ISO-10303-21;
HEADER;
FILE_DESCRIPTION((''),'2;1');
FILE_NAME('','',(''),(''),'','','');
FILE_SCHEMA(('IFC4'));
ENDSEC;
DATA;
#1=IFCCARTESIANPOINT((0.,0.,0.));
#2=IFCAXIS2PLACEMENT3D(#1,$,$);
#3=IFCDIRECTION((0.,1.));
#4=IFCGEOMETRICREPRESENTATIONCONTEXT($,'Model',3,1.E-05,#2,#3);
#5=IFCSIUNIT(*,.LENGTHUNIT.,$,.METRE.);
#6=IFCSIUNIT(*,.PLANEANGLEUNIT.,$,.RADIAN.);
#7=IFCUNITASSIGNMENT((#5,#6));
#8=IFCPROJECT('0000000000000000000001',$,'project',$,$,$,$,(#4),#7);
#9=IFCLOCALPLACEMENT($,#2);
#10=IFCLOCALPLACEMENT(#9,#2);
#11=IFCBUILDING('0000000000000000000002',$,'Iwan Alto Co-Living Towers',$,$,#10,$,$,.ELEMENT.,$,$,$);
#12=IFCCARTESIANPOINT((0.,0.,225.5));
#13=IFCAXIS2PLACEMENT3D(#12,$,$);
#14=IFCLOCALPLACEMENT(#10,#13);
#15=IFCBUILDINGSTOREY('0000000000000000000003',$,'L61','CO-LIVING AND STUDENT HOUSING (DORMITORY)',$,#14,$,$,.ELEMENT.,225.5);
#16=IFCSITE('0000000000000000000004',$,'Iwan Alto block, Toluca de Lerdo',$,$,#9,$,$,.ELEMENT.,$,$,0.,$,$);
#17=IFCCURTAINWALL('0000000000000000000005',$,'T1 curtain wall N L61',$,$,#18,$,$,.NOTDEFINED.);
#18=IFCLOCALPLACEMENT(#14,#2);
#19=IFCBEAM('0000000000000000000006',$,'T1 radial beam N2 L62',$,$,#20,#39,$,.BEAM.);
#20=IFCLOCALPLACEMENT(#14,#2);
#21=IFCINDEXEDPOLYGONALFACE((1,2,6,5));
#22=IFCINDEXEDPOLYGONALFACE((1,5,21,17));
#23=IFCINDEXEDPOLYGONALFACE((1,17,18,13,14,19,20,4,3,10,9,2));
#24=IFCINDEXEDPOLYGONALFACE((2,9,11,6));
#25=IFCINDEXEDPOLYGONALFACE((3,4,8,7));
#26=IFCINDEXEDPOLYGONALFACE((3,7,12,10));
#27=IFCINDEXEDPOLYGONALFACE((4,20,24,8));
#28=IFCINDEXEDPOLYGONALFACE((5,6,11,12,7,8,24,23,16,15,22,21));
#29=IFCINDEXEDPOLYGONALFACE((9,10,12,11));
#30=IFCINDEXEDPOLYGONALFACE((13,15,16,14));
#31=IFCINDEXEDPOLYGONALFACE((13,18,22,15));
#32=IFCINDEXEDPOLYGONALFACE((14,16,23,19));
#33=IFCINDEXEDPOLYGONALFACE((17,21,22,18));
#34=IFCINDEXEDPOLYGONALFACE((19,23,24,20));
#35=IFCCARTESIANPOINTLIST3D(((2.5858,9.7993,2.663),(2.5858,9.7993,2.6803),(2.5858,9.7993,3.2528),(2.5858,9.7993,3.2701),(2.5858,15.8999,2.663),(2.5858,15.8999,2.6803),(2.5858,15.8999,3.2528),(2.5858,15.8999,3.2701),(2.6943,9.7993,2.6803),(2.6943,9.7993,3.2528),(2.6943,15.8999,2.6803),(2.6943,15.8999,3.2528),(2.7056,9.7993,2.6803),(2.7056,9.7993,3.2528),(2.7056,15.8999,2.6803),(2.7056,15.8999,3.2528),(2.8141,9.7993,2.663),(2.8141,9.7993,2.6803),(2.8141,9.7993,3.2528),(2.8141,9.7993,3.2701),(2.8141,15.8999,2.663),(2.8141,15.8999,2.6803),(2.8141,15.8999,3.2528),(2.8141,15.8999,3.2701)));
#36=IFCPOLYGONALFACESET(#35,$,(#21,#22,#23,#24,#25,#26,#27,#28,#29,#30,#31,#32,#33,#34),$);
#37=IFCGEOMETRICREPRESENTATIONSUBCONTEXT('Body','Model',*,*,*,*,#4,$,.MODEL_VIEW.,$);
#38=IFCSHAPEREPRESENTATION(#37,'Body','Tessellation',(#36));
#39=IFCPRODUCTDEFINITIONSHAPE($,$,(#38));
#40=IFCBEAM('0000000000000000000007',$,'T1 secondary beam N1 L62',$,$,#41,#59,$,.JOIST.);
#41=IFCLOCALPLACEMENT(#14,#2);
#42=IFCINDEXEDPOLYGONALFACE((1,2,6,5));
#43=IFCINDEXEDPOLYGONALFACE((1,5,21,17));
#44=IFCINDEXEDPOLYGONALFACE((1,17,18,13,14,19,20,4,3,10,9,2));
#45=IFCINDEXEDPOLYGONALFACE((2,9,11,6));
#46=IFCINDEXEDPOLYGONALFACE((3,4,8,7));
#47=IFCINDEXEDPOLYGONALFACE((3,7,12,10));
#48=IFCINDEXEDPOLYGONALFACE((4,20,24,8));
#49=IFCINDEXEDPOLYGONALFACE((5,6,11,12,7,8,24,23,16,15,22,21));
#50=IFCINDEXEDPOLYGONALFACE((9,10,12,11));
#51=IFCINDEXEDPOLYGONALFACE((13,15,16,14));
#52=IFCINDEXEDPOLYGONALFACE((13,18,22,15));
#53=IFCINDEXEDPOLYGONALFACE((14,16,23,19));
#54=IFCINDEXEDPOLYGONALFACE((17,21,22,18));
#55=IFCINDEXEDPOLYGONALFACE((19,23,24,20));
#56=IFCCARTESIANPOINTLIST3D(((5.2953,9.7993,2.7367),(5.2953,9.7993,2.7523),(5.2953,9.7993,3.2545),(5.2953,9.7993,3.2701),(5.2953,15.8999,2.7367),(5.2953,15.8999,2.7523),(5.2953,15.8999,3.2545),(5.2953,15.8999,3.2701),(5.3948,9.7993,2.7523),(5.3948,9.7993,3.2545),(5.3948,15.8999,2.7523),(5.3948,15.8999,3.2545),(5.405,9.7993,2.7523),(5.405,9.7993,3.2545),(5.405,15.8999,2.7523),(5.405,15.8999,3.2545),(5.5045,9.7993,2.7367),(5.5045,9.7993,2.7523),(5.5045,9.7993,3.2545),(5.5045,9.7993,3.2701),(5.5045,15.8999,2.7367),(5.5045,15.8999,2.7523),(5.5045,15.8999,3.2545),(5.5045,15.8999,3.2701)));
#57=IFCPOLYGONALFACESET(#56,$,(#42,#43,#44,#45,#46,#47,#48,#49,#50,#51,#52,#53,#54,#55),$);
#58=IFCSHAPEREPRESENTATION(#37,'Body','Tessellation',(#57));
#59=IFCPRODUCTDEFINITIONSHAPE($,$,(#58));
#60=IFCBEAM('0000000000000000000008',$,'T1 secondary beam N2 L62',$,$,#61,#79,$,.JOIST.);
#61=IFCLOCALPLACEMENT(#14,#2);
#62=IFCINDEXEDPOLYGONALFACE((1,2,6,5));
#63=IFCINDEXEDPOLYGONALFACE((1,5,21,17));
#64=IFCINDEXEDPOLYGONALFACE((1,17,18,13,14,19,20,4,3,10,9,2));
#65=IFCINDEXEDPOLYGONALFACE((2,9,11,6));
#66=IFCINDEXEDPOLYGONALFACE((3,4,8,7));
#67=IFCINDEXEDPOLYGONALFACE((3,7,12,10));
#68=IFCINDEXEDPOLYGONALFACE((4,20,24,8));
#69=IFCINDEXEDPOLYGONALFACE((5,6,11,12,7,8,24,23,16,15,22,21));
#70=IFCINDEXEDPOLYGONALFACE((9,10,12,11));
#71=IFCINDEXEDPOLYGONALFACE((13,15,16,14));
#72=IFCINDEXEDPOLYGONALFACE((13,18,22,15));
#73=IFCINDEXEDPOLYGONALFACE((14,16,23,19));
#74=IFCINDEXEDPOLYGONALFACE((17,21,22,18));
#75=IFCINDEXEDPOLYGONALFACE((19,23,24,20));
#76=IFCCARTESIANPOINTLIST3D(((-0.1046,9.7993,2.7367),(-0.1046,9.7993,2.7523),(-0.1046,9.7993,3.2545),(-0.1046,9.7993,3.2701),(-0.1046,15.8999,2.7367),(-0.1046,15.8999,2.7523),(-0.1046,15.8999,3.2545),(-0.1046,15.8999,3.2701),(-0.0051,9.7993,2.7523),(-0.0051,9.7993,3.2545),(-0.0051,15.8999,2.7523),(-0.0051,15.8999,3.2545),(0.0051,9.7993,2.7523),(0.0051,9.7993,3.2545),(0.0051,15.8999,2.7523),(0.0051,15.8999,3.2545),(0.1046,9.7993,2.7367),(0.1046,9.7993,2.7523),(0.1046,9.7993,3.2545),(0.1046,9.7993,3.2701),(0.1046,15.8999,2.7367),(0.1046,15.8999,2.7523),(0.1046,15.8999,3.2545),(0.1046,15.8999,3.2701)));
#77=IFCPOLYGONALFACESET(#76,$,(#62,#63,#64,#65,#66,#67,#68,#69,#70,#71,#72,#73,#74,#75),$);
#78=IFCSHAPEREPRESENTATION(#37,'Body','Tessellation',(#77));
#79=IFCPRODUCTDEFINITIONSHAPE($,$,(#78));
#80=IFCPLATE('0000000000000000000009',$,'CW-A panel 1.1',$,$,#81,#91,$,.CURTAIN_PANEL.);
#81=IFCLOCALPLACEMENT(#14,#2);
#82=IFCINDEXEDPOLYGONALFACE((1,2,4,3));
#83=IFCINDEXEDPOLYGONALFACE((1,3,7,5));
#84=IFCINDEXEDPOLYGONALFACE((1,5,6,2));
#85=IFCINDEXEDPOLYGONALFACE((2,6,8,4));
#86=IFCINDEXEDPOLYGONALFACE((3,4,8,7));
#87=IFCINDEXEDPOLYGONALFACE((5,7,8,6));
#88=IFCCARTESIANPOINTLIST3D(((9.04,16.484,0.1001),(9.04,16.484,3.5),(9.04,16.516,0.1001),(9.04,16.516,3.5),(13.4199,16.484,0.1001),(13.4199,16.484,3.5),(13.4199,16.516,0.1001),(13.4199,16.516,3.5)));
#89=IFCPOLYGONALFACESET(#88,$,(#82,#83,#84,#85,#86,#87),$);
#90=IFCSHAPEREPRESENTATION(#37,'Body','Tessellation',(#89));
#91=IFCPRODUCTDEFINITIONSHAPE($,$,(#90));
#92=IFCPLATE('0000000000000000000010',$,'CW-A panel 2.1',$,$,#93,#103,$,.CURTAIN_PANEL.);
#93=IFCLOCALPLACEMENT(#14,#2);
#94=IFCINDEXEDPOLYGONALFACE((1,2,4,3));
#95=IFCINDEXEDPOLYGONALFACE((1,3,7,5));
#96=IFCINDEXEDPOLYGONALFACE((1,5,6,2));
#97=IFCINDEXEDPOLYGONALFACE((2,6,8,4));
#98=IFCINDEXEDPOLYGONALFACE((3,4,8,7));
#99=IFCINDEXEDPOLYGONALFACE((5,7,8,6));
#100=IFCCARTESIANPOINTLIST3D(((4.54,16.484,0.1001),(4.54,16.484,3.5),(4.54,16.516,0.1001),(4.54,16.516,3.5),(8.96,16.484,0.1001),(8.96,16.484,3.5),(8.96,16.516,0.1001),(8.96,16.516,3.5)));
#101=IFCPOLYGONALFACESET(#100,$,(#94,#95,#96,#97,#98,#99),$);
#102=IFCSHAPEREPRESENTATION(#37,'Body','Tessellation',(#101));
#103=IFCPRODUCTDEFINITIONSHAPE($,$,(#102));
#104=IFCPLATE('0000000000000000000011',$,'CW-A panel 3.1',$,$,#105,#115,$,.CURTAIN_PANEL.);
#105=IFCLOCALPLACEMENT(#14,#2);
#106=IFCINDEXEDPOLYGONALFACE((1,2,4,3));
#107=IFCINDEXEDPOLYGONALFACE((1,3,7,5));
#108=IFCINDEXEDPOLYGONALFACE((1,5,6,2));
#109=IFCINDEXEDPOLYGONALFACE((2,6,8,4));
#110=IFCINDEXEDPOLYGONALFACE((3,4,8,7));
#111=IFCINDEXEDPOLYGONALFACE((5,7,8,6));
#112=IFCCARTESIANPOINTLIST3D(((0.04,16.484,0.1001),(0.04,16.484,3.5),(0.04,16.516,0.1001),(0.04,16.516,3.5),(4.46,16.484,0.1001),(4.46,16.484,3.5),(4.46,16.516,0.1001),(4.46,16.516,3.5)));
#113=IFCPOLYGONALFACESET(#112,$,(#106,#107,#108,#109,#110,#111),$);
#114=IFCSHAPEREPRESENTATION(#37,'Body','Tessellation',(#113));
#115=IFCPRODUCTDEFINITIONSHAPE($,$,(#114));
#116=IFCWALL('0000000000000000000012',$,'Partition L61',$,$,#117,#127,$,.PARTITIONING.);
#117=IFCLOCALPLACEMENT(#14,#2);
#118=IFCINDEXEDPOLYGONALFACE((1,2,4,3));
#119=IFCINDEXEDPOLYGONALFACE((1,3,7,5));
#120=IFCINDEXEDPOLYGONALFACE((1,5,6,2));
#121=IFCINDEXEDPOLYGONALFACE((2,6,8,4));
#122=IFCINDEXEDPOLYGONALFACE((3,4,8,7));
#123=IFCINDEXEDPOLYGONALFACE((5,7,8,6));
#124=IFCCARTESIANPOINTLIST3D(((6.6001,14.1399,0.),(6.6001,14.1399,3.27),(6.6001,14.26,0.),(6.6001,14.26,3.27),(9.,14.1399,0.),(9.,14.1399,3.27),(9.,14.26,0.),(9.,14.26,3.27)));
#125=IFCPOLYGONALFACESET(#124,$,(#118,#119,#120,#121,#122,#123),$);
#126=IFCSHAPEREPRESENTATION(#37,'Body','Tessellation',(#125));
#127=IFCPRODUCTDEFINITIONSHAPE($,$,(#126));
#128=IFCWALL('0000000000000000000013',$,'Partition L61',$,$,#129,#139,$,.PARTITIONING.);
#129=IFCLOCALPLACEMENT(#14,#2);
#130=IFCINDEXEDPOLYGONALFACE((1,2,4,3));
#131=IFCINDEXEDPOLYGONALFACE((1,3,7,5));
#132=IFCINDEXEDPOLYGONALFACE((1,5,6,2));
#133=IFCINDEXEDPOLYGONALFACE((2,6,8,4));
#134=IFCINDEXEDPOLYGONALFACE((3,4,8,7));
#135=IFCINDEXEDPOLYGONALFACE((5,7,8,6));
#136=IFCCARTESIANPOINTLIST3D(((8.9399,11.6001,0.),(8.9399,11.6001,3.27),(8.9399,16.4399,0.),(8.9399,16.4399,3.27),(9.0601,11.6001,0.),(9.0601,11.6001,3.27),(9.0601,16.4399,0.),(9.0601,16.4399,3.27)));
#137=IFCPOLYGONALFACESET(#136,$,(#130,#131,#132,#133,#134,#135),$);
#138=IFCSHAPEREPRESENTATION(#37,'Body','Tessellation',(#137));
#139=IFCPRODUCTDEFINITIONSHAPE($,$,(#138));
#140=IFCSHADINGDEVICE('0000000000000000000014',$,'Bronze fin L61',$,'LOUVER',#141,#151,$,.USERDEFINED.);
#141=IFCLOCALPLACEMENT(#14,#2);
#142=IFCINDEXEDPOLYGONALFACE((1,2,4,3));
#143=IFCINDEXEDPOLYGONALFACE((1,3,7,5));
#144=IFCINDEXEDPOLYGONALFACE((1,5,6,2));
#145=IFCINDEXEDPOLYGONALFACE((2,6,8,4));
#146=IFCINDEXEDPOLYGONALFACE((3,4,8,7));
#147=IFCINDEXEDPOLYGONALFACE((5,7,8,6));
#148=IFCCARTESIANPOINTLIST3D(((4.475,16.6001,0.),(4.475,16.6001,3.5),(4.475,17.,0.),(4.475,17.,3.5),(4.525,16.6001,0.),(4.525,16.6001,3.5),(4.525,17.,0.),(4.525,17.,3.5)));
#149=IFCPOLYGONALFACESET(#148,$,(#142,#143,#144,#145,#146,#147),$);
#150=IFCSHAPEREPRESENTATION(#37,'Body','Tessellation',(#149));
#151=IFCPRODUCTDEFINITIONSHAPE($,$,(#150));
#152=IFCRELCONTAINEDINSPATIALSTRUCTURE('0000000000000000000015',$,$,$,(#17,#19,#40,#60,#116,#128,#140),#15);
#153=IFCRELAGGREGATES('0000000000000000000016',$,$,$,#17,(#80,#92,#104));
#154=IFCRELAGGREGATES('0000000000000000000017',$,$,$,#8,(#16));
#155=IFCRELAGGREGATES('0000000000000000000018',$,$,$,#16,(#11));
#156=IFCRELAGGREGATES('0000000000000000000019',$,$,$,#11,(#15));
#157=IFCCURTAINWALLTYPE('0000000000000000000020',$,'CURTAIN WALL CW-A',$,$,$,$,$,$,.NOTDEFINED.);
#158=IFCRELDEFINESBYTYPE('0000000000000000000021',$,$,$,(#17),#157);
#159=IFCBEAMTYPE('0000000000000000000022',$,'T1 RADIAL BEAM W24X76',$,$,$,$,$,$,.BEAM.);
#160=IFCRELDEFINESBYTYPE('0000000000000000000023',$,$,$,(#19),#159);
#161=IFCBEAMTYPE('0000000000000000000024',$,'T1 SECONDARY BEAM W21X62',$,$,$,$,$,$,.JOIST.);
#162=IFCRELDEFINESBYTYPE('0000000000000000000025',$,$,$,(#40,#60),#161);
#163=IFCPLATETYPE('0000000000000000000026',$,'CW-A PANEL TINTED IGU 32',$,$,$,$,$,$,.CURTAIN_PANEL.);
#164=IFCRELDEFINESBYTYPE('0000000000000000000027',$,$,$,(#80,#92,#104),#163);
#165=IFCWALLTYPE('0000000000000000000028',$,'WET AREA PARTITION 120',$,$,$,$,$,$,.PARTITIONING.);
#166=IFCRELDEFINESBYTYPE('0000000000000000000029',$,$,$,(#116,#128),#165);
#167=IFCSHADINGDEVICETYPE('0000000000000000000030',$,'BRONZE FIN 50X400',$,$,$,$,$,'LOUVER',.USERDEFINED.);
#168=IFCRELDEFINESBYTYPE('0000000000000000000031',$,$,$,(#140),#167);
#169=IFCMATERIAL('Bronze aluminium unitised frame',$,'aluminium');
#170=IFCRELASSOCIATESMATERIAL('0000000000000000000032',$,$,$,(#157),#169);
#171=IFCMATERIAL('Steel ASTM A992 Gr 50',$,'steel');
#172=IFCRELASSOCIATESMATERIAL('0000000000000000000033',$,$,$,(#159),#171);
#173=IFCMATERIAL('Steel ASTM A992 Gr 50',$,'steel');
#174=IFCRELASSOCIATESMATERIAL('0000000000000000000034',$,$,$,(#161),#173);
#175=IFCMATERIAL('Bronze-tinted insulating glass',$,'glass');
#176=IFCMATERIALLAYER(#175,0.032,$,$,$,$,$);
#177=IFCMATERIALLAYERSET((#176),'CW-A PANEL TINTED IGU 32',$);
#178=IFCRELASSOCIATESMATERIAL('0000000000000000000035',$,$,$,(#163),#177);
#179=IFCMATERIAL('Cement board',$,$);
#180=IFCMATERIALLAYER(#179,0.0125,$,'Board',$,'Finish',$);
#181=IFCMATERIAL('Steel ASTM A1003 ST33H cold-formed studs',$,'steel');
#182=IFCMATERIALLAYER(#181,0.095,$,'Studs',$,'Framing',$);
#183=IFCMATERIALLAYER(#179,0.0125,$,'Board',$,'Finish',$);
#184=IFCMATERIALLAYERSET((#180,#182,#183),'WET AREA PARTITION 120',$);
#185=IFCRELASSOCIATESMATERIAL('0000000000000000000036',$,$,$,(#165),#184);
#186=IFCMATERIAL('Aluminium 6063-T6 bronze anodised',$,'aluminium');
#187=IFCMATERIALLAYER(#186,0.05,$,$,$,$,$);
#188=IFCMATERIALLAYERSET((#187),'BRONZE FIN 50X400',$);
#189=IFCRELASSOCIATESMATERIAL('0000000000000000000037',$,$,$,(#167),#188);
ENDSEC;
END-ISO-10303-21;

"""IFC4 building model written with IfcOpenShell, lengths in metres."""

from ifc_helpers import new_model, si_unit, direction, frame, frame_2d, origin, origin_2d, place, context, subcontext, project, spatial, rectangle, i_section, extrude, material, layer, layer_set, material_profile, profile_set, type_object, element, aggregate, save


model = new_model("IFC4")

# Units and contexts
model_context = context("Model", 3, precision=1e-05, world=origin(), true_north=direction((0.0, 1.0)))
body_context = subcontext(model_context, "Body", "Model", "MODEL_VIEW")
ifc_project = project(units=[si_unit("LENGTHUNIT", "METRE"), si_unit("PLANEANGLEUNIT", "RADIAN")], contexts=[model_context])

# Site, building, storey
site_placement = place(None, origin())
site = spatial("IfcSite", under=ifc_project, at=site_placement, Name="Iwan Alto block, Toluca de Lerdo", CompositionType="ELEMENT", RefElevation=0.0)
building_placement = place(site_placement, origin())
building = spatial("IfcBuilding", under=site, at=building_placement, Name="Iwan Alto Co-Living Towers", CompositionType="ELEMENT")
storey_placement = place(building_placement, frame((0.0, 0.0, 225.5)))
storey = spatial("IfcBuildingStorey", under=building, at=storey_placement, Name="L61", Description="CO-LIVING AND STUDENT HOUSING (DORMITORY)", CompositionType="ELEMENT", Elevation=225.5)

# Curtain wall
ifc_material_1 = material(Name="Bronze aluminium unitised frame", Category="aluminium")
curtain_wall_type = type_object("IfcCurtainWallType", Name="CURTAIN WALL CW-A", PredefinedType="NOTDEFINED", material=ifc_material_1)
curtain_wall_placement = place(storey_placement, origin())
curtain_wall = element("IfcCurtainWall", 1, at=curtain_wall_placement, inside=storey, type_object=curtain_wall_type, Name="T1 curtain wall N L61", PredefinedType="NOTDEFINED")

# Beams
ifc_material_2 = material(Name="Steel ASTM A992 Gr 50", Category="steel")
ifc_material_profile_1 = material_profile(ifc_material_2, i_section(OverallWidth=0.2283, OverallDepth=0.6072, WebThickness=0.0112, FlangeThickness=0.0173, at=origin_2d()), Name="W24X76")
ifc_profile_set_1 = profile_set([ifc_material_profile_1], Name="Steel ASTM A992 Gr 50")
beam_type_1 = type_object("IfcBeamType", Name="T1 RADIAL BEAM W24X76", PredefinedType="BEAM", material=ifc_profile_set_1)
for number, where, z_axis, x_axis, name in (
    (2, (2.7, 15.8999, 2.9666), (0.0, -1.0, 0.0), (1.0, 0.0, 0.0), "T1 radial beam N2 L62"),
):
    element("IfcBeam", number, at=place(storey_placement, frame(where, z_axis=z_axis, x_axis=x_axis)), inside=storey, type_object=beam_type_1, Name=name, PredefinedType="BEAM", context=body_context, shape_type="SweptSolid", body=[
        extrude(i_section(OverallWidth=0.2283, OverallDepth=0.6072, WebThickness=0.0112, FlangeThickness=0.0173, at=origin_2d()), origin(), (0.0, 0.0, 1.0), 6.1006),
    ])
ifc_material_3 = material(Name="Steel ASTM A992 Gr 50", Category="steel")
ifc_material_profile_2 = material_profile(ifc_material_3, i_section(OverallWidth=0.2092, OverallDepth=0.5334, WebThickness=0.0103, FlangeThickness=0.0156, at=origin_2d()), Name="W21X62")
ifc_profile_set_2 = profile_set([ifc_material_profile_2], Name="Steel ASTM A992 Gr 50")
beam_type_2 = type_object("IfcBeamType", Name="T1 SECONDARY BEAM W21X62", PredefinedType="JOIST", material=ifc_profile_set_2)
for number, where, z_axis, x_axis, name in (
    (3, (5.3999, 15.8999, 3.0034), (0.0, -1.0, 0.0), (1.0, 0.0, 0.0), "T1 secondary beam N1 L62"),
    (4, (0.0, 15.8999, 3.0034), (0.0, -1.0, 0.0), (1.0, 0.0, 0.0), "T1 secondary beam N2 L62"),
):
    element("IfcBeam", number, at=place(storey_placement, frame(where, z_axis=z_axis, x_axis=x_axis)), inside=storey, type_object=beam_type_2, Name=name, PredefinedType="JOIST", context=body_context, shape_type="SweptSolid", body=[
        extrude(i_section(OverallWidth=0.2092, OverallDepth=0.5334, WebThickness=0.0103, FlangeThickness=0.0156, at=origin_2d()), origin(), (0.0, 0.0, 1.0), 6.1006),
    ])

# Plates
ifc_material_4 = material(Name="Bronze-tinted insulating glass", Category="glass")
ifc_layer_1 = layer(ifc_material_4, 0.032)
ifc_layer_set_1 = layer_set([ifc_layer_1], Name="CW-A PANEL TINTED IGU 32")
plate_type = type_object("IfcPlateType", Name="CW-A PANEL TINTED IGU 32", PredefinedType="CURTAIN_PANEL", material=ifc_layer_set_1)
plate_1_placement = place(storey_placement, frame((11.23, 16.5, 0.1001), z_axis=(0.0, 0.0, 1.0), x_axis=(-1.0, 0.0, 0.0)))
plate_1 = element("IfcPlate", 5, at=plate_1_placement, type_object=plate_type, Name="CW-A panel 1.1", PredefinedType="CURTAIN_PANEL", context=body_context, shape_type="SweptSolid", body=[
    extrude(rectangle(XDim=4.3799, YDim=0.032, at=origin_2d()), origin(), (0.0, 0.0, 1.0), 3.3999),
])
plate_2_placement = place(storey_placement, frame((6.75, 16.5, 0.1001), z_axis=(0.0, 0.0, 1.0), x_axis=(-1.0, 0.0, 0.0)))
plate_2 = element("IfcPlate", 6, at=plate_2_placement, type_object=plate_type, Name="CW-A panel 2.1", PredefinedType="CURTAIN_PANEL", context=body_context, shape_type="SweptSolid", body=[
    extrude(rectangle(XDim=4.4199, YDim=0.032, at=origin_2d()), origin(), (0.0, 0.0, 1.0), 3.3999),
])
plate_3_placement = place(storey_placement, frame((2.25, 16.5, 0.1001), z_axis=(0.0, 0.0, 1.0), x_axis=(-1.0, 0.0, 0.0)))
plate_3 = element("IfcPlate", 7, at=plate_3_placement, type_object=plate_type, Name="CW-A panel 3.1", PredefinedType="CURTAIN_PANEL", context=body_context, shape_type="SweptSolid", body=[
    extrude(rectangle(XDim=4.4199, YDim=0.032, at=origin_2d()), origin(), (0.0, 0.0, 1.0), 3.3999),
])
aggregate(curtain_wall, [plate_1, plate_2, plate_3])

# Walls
ifc_material_5 = material(Name="Cement board")
ifc_layer_2 = layer(ifc_material_5, 0.0125, Name="Board", Category="Finish")
ifc_material_6 = material(Name="Steel ASTM A1003 ST33H cold-formed studs", Category="steel")
ifc_layer_3 = layer(ifc_material_6, 0.095, Name="Studs", Category="Framing")
ifc_layer_4 = layer(ifc_material_5, 0.0125, Name="Board", Category="Finish")
ifc_layer_set_2 = layer_set([ifc_layer_2, ifc_layer_3, ifc_layer_4], Name="WET AREA PARTITION 120")
wall_type = type_object("IfcWallType", Name="WET AREA PARTITION 120", PredefinedType="PARTITIONING", material=ifc_layer_set_2)
wall_1_placement = place(storey_placement, frame((6.6001, 14.2, 0.0), z_axis=(0.0, 0.0, 1.0), x_axis=(1.0, 0.0, 0.0)))
element("IfcWall", 8, at=wall_1_placement, inside=storey, type_object=wall_type, Name="Partition L61", PredefinedType="PARTITIONING", context=body_context, shape_type="SweptSolid", body=[
    extrude(rectangle(XDim=2.3999, YDim=0.1201, at=frame_2d((1.2, 0.0))), origin(), (0.0, 0.0, 1.0), 3.27),
])
wall_2_placement = place(storey_placement, frame((9.0, 11.6001, 0.0), z_axis=(0.0, 0.0, 1.0), x_axis=(0.0, 1.0, 0.0)))
element("IfcWall", 9, at=wall_2_placement, inside=storey, type_object=wall_type, Name="Partition L61", PredefinedType="PARTITIONING", context=body_context, shape_type="SweptSolid", body=[
    extrude(rectangle(XDim=4.8398, YDim=0.1201, at=frame_2d((2.4199, 0.0))), origin(), (0.0, 0.0, 1.0), 3.27),
])

# Shading device
ifc_material_7 = material(Name="Aluminium 6063-T6 bronze anodised", Category="aluminium")
ifc_layer_5 = layer(ifc_material_7, 0.05)
ifc_layer_set_3 = layer_set([ifc_layer_5], Name="BRONZE FIN 50X400")
shading_device_type = type_object("IfcShadingDeviceType", Name="BRONZE FIN 50X400", ElementType="LOUVER", PredefinedType="USERDEFINED", material=ifc_layer_set_3)
shading_device_placement = place(storey_placement, frame((4.5, 16.8, 0.0), z_axis=(0.0, 0.0, 1.0), x_axis=(-1.0, 0.0, 0.0)))
element("IfcShadingDevice", 10, at=shading_device_placement, inside=storey, type_object=shading_device_type, Name="Bronze fin L61", ObjectType="LOUVER", PredefinedType="USERDEFINED", context=body_context, shape_type="SweptSolid", body=[
    extrude(rectangle(XDim=0.05, YDim=0.3999, at=origin_2d()), origin(), (0.0, 0.0, 1.0), 3.5),
])

save(model, "model.ifc")
